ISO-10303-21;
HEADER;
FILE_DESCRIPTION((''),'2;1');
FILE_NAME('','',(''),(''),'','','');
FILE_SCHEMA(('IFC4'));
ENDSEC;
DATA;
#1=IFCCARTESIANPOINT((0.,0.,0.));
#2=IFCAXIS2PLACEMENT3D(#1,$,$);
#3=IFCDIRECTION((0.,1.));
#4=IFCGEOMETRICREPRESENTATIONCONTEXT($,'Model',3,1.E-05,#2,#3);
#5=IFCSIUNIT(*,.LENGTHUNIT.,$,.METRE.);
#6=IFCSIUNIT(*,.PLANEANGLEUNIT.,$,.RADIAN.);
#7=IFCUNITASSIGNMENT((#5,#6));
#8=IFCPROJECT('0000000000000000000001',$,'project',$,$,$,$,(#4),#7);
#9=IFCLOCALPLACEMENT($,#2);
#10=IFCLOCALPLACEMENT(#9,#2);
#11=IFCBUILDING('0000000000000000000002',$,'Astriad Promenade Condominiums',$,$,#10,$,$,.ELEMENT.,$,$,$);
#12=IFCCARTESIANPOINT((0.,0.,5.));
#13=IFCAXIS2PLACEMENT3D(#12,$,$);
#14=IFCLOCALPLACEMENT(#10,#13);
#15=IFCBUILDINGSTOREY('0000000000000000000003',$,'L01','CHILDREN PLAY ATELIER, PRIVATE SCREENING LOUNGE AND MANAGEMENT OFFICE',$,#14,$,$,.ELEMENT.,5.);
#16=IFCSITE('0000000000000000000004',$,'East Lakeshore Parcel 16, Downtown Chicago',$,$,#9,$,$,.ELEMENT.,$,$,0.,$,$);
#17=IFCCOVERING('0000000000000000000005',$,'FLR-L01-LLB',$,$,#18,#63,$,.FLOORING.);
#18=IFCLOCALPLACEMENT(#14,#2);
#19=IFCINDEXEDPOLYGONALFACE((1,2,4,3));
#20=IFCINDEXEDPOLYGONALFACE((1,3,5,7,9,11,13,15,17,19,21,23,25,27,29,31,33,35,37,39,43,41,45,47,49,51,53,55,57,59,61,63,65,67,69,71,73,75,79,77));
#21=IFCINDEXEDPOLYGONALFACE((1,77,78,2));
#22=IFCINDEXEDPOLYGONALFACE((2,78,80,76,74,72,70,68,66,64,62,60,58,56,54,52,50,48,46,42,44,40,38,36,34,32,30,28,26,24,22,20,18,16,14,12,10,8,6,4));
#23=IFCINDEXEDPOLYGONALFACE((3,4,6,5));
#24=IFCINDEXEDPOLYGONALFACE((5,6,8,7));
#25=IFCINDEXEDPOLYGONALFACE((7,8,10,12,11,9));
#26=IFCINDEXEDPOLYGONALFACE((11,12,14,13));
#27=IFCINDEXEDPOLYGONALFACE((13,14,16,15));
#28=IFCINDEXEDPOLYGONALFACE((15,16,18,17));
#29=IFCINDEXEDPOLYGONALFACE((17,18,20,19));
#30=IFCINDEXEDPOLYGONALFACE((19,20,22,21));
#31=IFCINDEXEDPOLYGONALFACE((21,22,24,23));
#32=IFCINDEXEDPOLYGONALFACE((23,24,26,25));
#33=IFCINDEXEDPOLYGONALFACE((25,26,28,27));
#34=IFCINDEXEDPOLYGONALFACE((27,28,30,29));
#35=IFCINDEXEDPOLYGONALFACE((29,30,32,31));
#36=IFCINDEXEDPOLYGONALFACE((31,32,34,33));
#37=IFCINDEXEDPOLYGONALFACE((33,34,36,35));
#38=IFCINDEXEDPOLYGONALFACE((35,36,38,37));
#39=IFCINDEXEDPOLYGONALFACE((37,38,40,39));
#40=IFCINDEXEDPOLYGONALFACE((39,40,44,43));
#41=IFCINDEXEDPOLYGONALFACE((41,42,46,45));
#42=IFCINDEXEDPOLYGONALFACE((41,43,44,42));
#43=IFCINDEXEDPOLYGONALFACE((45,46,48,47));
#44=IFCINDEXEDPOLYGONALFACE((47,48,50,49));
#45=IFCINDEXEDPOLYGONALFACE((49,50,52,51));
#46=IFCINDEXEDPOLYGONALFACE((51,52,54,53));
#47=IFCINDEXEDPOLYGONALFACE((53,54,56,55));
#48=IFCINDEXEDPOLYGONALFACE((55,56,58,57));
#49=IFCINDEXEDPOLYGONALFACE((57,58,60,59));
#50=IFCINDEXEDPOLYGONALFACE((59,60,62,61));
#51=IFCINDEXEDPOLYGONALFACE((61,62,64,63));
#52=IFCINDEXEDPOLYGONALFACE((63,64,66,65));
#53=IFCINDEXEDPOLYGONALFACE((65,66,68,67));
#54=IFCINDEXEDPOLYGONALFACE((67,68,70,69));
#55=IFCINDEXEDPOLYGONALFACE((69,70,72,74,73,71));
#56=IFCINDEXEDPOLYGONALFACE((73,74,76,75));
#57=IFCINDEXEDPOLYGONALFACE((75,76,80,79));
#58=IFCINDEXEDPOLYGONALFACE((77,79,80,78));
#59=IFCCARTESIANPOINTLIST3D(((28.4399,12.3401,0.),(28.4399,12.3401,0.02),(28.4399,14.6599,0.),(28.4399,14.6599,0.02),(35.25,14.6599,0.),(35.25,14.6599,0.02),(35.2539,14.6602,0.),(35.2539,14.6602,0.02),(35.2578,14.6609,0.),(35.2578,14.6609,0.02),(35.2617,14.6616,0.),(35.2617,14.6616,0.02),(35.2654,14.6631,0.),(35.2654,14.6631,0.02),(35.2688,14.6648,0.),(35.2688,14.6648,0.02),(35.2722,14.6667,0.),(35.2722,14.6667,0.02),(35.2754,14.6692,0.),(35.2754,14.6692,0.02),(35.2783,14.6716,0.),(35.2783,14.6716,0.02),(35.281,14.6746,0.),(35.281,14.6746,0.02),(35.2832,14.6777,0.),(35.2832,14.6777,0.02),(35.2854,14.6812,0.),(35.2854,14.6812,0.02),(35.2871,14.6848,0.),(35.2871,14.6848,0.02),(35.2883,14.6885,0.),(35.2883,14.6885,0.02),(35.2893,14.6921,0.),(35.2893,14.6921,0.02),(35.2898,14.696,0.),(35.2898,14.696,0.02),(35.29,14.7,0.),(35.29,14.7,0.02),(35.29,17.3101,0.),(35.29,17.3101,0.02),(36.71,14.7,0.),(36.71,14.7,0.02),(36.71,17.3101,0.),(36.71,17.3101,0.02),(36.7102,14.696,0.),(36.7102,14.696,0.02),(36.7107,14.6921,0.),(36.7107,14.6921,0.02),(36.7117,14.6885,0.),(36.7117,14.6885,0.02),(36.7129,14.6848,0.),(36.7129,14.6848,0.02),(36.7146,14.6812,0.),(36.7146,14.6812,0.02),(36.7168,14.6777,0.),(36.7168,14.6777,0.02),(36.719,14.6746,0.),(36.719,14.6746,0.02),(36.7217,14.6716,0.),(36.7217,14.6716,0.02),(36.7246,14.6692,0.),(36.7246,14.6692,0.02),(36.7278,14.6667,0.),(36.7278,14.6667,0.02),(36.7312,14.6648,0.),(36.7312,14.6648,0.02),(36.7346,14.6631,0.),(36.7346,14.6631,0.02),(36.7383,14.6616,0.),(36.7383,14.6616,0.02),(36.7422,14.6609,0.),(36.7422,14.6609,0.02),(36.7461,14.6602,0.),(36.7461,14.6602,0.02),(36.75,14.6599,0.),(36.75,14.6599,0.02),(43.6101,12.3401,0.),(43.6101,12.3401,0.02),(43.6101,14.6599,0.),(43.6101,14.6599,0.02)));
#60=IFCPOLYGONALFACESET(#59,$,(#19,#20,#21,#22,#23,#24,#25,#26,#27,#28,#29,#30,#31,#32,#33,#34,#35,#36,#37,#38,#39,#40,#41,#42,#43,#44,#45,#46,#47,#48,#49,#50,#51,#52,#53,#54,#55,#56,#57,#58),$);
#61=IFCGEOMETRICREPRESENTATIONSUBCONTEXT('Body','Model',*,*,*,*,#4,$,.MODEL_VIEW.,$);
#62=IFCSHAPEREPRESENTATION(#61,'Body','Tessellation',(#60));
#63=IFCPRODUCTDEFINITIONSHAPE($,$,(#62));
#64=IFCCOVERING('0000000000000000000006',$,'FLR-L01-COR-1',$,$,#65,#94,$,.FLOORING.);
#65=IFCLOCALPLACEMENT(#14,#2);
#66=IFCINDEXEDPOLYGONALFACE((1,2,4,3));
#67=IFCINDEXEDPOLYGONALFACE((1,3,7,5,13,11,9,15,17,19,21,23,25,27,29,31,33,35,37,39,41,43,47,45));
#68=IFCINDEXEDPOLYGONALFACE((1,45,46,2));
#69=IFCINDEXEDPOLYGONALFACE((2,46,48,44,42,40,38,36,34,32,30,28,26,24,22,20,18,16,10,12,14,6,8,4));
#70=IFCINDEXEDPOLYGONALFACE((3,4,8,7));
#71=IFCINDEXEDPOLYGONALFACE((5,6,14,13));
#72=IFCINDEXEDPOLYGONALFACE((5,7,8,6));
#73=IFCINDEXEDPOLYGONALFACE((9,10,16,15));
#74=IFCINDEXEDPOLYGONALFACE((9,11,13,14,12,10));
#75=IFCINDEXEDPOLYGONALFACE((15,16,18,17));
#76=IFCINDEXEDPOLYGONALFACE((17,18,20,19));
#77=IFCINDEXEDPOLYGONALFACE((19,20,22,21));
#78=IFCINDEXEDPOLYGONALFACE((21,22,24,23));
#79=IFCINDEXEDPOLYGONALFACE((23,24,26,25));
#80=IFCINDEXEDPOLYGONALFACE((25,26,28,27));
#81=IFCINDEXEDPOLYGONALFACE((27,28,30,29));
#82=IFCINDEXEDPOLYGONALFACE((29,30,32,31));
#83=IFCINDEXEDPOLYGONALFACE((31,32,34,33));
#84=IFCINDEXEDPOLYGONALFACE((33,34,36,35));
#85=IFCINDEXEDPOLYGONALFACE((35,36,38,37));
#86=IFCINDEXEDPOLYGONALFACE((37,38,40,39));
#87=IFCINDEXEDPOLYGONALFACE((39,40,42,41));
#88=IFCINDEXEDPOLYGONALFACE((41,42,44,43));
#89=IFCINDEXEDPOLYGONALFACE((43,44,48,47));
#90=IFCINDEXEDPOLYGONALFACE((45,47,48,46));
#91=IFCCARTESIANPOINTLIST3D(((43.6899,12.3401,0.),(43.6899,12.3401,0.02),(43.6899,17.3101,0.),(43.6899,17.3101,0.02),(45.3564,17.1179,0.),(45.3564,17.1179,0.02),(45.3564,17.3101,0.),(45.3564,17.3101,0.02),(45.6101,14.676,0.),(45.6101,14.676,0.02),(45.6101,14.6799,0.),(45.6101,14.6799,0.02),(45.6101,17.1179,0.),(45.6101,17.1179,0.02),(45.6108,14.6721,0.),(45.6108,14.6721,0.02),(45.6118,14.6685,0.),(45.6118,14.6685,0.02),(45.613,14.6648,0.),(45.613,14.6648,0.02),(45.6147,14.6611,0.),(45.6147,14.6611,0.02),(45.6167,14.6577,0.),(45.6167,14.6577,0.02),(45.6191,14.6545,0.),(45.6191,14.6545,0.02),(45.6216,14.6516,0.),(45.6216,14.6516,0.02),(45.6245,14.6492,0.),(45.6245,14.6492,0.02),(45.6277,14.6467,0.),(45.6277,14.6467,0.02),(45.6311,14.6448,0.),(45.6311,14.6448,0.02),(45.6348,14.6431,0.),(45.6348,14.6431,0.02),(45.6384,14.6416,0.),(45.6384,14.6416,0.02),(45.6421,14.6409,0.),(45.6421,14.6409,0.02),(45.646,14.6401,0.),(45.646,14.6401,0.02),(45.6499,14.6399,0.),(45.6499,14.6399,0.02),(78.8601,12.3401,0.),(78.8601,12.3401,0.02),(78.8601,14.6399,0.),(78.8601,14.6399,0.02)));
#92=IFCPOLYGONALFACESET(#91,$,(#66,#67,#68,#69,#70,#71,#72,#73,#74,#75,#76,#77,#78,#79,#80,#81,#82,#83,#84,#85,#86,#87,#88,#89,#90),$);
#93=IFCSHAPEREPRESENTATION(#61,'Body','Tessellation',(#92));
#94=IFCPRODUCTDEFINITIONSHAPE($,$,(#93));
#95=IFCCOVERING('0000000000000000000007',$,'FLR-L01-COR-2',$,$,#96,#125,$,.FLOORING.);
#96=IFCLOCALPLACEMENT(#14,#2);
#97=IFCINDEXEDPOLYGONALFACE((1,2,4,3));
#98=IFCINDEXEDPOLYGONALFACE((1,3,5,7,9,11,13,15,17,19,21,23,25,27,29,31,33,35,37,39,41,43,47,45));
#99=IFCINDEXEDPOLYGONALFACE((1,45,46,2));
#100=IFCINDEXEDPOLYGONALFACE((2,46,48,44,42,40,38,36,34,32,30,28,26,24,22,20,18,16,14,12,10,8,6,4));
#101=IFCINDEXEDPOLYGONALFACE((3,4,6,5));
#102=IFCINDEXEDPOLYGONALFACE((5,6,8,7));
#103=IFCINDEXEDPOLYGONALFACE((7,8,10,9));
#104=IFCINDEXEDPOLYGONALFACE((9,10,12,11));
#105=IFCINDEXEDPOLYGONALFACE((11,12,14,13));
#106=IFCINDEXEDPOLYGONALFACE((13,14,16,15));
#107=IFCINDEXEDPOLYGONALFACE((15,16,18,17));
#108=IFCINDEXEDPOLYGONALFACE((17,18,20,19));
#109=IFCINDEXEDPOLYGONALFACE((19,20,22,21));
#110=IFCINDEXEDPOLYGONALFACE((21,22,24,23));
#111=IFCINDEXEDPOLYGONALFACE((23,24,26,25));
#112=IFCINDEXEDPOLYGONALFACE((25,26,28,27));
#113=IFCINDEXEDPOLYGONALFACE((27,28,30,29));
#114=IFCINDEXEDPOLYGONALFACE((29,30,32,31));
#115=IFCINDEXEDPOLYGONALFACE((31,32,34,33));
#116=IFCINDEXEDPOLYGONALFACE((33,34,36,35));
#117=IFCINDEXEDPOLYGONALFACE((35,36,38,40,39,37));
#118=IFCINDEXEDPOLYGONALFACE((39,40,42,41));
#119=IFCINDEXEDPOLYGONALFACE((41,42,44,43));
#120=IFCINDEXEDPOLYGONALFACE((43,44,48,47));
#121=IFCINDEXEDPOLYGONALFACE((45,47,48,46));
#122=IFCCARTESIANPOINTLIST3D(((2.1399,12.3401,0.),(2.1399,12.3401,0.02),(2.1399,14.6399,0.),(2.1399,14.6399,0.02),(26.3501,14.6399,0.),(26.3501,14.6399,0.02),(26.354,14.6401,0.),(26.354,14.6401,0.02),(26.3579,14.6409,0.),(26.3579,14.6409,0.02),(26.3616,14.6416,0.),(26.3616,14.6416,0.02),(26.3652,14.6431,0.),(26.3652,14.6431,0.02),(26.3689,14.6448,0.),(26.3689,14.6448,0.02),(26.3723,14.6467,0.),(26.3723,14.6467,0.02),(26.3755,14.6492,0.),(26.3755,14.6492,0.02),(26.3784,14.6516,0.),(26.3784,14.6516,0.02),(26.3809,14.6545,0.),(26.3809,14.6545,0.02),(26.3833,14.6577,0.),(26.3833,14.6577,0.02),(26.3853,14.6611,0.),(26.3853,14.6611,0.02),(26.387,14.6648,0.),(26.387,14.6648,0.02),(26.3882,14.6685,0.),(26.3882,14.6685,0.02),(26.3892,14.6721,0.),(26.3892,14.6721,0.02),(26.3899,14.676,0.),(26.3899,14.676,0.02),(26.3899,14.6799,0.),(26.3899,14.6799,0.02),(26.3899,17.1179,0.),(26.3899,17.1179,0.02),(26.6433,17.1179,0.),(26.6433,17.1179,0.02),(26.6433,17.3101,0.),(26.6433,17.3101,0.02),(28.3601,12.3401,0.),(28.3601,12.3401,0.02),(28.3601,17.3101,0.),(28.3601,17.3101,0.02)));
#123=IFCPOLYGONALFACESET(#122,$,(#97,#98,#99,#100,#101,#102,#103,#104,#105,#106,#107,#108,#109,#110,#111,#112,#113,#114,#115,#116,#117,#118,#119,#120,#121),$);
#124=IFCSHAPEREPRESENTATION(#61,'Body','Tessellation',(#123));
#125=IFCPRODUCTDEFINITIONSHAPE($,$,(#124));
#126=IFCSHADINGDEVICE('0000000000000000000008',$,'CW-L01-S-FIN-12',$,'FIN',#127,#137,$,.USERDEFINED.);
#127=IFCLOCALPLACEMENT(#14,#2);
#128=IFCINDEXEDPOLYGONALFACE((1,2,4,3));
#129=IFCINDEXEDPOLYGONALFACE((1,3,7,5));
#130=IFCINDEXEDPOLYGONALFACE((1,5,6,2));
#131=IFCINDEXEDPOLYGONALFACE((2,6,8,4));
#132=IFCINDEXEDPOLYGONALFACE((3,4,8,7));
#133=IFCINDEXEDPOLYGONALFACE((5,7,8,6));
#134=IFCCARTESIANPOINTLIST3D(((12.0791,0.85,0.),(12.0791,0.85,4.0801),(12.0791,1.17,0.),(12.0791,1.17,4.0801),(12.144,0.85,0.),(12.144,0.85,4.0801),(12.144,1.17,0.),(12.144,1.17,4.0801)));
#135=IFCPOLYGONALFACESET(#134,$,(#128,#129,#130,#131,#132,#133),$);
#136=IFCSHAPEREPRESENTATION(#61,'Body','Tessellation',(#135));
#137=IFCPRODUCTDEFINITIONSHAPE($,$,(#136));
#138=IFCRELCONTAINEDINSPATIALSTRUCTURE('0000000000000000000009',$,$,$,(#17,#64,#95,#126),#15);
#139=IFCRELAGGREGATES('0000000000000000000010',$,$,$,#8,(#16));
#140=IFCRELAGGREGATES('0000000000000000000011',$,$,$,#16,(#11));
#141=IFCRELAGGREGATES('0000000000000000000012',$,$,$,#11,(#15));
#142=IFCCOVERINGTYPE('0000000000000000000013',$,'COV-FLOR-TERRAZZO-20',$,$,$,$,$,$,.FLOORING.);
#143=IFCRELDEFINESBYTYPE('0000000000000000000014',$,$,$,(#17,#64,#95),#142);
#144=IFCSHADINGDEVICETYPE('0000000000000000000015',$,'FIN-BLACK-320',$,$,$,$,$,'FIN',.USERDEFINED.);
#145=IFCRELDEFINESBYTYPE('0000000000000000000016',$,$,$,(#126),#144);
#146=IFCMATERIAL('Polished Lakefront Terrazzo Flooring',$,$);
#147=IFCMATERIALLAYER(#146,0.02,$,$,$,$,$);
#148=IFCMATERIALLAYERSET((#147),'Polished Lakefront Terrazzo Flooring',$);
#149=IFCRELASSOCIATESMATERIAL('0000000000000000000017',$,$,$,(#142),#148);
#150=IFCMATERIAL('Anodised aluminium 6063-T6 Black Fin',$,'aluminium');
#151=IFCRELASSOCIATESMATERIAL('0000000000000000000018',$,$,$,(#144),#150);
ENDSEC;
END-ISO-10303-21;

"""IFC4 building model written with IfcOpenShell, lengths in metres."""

from ifc_helpers import new_model, si_unit, direction, frame, origin, origin_2d, place, context, subcontext, project, spatial, polyline, rectangle, outline, extrude, source, transform, mapped, material, layer, layer_set, type_object, type_shapes, element, save


model = new_model("IFC4")

# Units and contexts
model_context = context("Model", 3, precision=1e-05, world=origin(), true_north=direction((0.0, 1.0)))
body_context = subcontext(model_context, "Body", "Model", "MODEL_VIEW")
ifc_project = project(units=[si_unit("LENGTHUNIT", "METRE"), si_unit("PLANEANGLEUNIT", "RADIAN")], contexts=[model_context])

# Site, building, storey
site_placement = place(None, origin())
site = spatial("IfcSite", under=ifc_project, at=site_placement, Name="East Lakeshore Parcel 16, Downtown Chicago", CompositionType="ELEMENT", RefElevation=0.0)
building_placement = place(site_placement, origin())
building = spatial("IfcBuilding", under=site, at=building_placement, Name="Astriad Promenade Condominiums", CompositionType="ELEMENT")
storey_placement = place(building_placement, frame((0.0, 0.0, 5.0)))
storey = spatial("IfcBuildingStorey", under=building, at=storey_placement, Name="L01", Description="CHILDREN PLAY ATELIER, PRIVATE SCREENING LOUNGE AND MANAGEMENT OFFICE", CompositionType="ELEMENT", Elevation=5.0)

# Coverings
ifc_material_1 = material(Name="Polished Lakefront Terrazzo Flooring")
ifc_layer_1 = layer(ifc_material_1, 0.02)
ifc_layer_set_1 = layer_set([ifc_layer_1], Name="Polished Lakefront Terrazzo Flooring")
covering_type_1 = type_object("IfcCoveringType", Name="COV-FLOR-TERRAZZO-20", PredefinedType="FLOORING", material=ifc_layer_set_1)
covering_1_placement = place(storey_placement, origin())
element("IfcCovering", 1, at=covering_1_placement, inside=storey, type_object=covering_type_1, Name="FLR-L01-LLB", PredefinedType="FLOORING", context=body_context, shape_type="SweptSolid", body=[
    extrude(outline(polyline([(43.6101, 14.6599), (43.6101, 12.3401), (28.4399, 12.3401), (28.4399, 14.6599), (35.25, 14.6599), (35.2539, 14.6602), (35.2578, 14.6609), (35.2617, 14.6616), (35.2654, 14.6631), (35.2688, 14.6648), (35.2722, 14.6667), (35.2754, 14.6692), (35.2783, 14.6716), (35.281, 14.6746), (35.2832, 14.6777), (35.2854, 14.6812), (35.2871, 14.6848), (35.2883, 14.6885), (35.2893, 14.6921), (35.2898, 14.696), (35.29, 14.7), (35.29, 17.3101), (36.71, 17.3101), (36.71, 14.7), (36.7102, 14.696), (36.7107, 14.6921), (36.7117, 14.6885), (36.7129, 14.6848), (36.7146, 14.6812), (36.7168, 14.6777), (36.719, 14.6746), (36.7217, 14.6716), (36.7246, 14.6692), (36.7278, 14.6667), (36.7312, 14.6648), (36.7346, 14.6631), (36.7383, 14.6616), (36.7422, 14.6609), (36.7461, 14.6602), (36.75, 14.6599), (43.6101, 14.6599)])), origin(), (0.0, 0.0, 1.0), 0.02),
])
covering_2_placement = place(storey_placement, origin())
element("IfcCovering", 2, at=covering_2_placement, inside=storey, type_object=covering_type_1, Name="FLR-L01-COR-1", PredefinedType="FLOORING", context=body_context, shape_type="SweptSolid", body=[
    extrude(outline(polyline([(43.6899, 12.3401), (43.6899, 17.3101), (45.3564, 17.3101), (45.3564, 17.1179), (45.6101, 17.1179), (45.6101, 14.6799), (45.6101, 14.676), (45.6108, 14.6721), (45.6118, 14.6685), (45.613, 14.6648), (45.6147, 14.6611), (45.6167, 14.6577), (45.6191, 14.6545), (45.6216, 14.6516), (45.6245, 14.6492), (45.6277, 14.6467), (45.6311, 14.6448), (45.6348, 14.6431), (45.6384, 14.6416), (45.6421, 14.6409), (45.646, 14.6401), (45.6499, 14.6399), (78.8601, 14.6399), (78.8601, 12.3401), (43.6899, 12.3401)])), origin(), (0.0, 0.0, 1.0), 0.02),
])
covering_3_placement = place(storey_placement, origin())
element("IfcCovering", 3, at=covering_3_placement, inside=storey, type_object=covering_type_1, Name="FLR-L01-COR-2", PredefinedType="FLOORING", context=body_context, shape_type="SweptSolid", body=[
    extrude(outline(polyline([(2.1399, 12.3401), (2.1399, 14.6399), (26.3501, 14.6399), (26.354, 14.6401), (26.3579, 14.6409), (26.3616, 14.6416), (26.3652, 14.6431), (26.3689, 14.6448), (26.3723, 14.6467), (26.3755, 14.6492), (26.3784, 14.6516), (26.3809, 14.6545), (26.3833, 14.6577), (26.3853, 14.6611), (26.387, 14.6648), (26.3882, 14.6685), (26.3892, 14.6721), (26.3899, 14.676), (26.3899, 14.6799), (26.3899, 17.1179), (26.6433, 17.1179), (26.6433, 17.3101), (28.3601, 17.3101), (28.3601, 12.3401), (2.1399, 12.3401)])), origin(), (0.0, 0.0, 1.0), 0.02),
])

# Shading device
ifc_material_2 = material(Name="Anodised aluminium 6063-T6 Black Fin", Category="aluminium")
shading_device_type = type_object("IfcShadingDeviceType", Name="FIN-BLACK-320", ElementType="FIN", PredefinedType="USERDEFINED", material=ifc_material_2)
shared_shape_1 = source(origin(), body_context, "Body", "SweptSolid", [
    extrude(rectangle(XDim=0.0649, YDim=0.3201, at=origin_2d()), origin(), (0.0, 0.0, 1.0), 4.0801),
])
type_shapes(shading_device_type, [shared_shape_1])
shading_device_placement = place(storey_placement, frame((12.1116, 1.01, 0.0), z_axis=(0.0, 0.0, 1.0), x_axis=(-1.0, 0.0, 0.0)))
element("IfcShadingDevice", 4, at=shading_device_placement, inside=storey, type_object=shading_device_type, Name="CW-L01-S-FIN-12", ObjectType="FIN", PredefinedType="USERDEFINED", context=body_context, shape_type="MappedRepresentation", body=[
    mapped(shared_shape_1, transform((0.0, 0.0, 0.0), scale=1.0)),
])

save(model, "model.ifc")
